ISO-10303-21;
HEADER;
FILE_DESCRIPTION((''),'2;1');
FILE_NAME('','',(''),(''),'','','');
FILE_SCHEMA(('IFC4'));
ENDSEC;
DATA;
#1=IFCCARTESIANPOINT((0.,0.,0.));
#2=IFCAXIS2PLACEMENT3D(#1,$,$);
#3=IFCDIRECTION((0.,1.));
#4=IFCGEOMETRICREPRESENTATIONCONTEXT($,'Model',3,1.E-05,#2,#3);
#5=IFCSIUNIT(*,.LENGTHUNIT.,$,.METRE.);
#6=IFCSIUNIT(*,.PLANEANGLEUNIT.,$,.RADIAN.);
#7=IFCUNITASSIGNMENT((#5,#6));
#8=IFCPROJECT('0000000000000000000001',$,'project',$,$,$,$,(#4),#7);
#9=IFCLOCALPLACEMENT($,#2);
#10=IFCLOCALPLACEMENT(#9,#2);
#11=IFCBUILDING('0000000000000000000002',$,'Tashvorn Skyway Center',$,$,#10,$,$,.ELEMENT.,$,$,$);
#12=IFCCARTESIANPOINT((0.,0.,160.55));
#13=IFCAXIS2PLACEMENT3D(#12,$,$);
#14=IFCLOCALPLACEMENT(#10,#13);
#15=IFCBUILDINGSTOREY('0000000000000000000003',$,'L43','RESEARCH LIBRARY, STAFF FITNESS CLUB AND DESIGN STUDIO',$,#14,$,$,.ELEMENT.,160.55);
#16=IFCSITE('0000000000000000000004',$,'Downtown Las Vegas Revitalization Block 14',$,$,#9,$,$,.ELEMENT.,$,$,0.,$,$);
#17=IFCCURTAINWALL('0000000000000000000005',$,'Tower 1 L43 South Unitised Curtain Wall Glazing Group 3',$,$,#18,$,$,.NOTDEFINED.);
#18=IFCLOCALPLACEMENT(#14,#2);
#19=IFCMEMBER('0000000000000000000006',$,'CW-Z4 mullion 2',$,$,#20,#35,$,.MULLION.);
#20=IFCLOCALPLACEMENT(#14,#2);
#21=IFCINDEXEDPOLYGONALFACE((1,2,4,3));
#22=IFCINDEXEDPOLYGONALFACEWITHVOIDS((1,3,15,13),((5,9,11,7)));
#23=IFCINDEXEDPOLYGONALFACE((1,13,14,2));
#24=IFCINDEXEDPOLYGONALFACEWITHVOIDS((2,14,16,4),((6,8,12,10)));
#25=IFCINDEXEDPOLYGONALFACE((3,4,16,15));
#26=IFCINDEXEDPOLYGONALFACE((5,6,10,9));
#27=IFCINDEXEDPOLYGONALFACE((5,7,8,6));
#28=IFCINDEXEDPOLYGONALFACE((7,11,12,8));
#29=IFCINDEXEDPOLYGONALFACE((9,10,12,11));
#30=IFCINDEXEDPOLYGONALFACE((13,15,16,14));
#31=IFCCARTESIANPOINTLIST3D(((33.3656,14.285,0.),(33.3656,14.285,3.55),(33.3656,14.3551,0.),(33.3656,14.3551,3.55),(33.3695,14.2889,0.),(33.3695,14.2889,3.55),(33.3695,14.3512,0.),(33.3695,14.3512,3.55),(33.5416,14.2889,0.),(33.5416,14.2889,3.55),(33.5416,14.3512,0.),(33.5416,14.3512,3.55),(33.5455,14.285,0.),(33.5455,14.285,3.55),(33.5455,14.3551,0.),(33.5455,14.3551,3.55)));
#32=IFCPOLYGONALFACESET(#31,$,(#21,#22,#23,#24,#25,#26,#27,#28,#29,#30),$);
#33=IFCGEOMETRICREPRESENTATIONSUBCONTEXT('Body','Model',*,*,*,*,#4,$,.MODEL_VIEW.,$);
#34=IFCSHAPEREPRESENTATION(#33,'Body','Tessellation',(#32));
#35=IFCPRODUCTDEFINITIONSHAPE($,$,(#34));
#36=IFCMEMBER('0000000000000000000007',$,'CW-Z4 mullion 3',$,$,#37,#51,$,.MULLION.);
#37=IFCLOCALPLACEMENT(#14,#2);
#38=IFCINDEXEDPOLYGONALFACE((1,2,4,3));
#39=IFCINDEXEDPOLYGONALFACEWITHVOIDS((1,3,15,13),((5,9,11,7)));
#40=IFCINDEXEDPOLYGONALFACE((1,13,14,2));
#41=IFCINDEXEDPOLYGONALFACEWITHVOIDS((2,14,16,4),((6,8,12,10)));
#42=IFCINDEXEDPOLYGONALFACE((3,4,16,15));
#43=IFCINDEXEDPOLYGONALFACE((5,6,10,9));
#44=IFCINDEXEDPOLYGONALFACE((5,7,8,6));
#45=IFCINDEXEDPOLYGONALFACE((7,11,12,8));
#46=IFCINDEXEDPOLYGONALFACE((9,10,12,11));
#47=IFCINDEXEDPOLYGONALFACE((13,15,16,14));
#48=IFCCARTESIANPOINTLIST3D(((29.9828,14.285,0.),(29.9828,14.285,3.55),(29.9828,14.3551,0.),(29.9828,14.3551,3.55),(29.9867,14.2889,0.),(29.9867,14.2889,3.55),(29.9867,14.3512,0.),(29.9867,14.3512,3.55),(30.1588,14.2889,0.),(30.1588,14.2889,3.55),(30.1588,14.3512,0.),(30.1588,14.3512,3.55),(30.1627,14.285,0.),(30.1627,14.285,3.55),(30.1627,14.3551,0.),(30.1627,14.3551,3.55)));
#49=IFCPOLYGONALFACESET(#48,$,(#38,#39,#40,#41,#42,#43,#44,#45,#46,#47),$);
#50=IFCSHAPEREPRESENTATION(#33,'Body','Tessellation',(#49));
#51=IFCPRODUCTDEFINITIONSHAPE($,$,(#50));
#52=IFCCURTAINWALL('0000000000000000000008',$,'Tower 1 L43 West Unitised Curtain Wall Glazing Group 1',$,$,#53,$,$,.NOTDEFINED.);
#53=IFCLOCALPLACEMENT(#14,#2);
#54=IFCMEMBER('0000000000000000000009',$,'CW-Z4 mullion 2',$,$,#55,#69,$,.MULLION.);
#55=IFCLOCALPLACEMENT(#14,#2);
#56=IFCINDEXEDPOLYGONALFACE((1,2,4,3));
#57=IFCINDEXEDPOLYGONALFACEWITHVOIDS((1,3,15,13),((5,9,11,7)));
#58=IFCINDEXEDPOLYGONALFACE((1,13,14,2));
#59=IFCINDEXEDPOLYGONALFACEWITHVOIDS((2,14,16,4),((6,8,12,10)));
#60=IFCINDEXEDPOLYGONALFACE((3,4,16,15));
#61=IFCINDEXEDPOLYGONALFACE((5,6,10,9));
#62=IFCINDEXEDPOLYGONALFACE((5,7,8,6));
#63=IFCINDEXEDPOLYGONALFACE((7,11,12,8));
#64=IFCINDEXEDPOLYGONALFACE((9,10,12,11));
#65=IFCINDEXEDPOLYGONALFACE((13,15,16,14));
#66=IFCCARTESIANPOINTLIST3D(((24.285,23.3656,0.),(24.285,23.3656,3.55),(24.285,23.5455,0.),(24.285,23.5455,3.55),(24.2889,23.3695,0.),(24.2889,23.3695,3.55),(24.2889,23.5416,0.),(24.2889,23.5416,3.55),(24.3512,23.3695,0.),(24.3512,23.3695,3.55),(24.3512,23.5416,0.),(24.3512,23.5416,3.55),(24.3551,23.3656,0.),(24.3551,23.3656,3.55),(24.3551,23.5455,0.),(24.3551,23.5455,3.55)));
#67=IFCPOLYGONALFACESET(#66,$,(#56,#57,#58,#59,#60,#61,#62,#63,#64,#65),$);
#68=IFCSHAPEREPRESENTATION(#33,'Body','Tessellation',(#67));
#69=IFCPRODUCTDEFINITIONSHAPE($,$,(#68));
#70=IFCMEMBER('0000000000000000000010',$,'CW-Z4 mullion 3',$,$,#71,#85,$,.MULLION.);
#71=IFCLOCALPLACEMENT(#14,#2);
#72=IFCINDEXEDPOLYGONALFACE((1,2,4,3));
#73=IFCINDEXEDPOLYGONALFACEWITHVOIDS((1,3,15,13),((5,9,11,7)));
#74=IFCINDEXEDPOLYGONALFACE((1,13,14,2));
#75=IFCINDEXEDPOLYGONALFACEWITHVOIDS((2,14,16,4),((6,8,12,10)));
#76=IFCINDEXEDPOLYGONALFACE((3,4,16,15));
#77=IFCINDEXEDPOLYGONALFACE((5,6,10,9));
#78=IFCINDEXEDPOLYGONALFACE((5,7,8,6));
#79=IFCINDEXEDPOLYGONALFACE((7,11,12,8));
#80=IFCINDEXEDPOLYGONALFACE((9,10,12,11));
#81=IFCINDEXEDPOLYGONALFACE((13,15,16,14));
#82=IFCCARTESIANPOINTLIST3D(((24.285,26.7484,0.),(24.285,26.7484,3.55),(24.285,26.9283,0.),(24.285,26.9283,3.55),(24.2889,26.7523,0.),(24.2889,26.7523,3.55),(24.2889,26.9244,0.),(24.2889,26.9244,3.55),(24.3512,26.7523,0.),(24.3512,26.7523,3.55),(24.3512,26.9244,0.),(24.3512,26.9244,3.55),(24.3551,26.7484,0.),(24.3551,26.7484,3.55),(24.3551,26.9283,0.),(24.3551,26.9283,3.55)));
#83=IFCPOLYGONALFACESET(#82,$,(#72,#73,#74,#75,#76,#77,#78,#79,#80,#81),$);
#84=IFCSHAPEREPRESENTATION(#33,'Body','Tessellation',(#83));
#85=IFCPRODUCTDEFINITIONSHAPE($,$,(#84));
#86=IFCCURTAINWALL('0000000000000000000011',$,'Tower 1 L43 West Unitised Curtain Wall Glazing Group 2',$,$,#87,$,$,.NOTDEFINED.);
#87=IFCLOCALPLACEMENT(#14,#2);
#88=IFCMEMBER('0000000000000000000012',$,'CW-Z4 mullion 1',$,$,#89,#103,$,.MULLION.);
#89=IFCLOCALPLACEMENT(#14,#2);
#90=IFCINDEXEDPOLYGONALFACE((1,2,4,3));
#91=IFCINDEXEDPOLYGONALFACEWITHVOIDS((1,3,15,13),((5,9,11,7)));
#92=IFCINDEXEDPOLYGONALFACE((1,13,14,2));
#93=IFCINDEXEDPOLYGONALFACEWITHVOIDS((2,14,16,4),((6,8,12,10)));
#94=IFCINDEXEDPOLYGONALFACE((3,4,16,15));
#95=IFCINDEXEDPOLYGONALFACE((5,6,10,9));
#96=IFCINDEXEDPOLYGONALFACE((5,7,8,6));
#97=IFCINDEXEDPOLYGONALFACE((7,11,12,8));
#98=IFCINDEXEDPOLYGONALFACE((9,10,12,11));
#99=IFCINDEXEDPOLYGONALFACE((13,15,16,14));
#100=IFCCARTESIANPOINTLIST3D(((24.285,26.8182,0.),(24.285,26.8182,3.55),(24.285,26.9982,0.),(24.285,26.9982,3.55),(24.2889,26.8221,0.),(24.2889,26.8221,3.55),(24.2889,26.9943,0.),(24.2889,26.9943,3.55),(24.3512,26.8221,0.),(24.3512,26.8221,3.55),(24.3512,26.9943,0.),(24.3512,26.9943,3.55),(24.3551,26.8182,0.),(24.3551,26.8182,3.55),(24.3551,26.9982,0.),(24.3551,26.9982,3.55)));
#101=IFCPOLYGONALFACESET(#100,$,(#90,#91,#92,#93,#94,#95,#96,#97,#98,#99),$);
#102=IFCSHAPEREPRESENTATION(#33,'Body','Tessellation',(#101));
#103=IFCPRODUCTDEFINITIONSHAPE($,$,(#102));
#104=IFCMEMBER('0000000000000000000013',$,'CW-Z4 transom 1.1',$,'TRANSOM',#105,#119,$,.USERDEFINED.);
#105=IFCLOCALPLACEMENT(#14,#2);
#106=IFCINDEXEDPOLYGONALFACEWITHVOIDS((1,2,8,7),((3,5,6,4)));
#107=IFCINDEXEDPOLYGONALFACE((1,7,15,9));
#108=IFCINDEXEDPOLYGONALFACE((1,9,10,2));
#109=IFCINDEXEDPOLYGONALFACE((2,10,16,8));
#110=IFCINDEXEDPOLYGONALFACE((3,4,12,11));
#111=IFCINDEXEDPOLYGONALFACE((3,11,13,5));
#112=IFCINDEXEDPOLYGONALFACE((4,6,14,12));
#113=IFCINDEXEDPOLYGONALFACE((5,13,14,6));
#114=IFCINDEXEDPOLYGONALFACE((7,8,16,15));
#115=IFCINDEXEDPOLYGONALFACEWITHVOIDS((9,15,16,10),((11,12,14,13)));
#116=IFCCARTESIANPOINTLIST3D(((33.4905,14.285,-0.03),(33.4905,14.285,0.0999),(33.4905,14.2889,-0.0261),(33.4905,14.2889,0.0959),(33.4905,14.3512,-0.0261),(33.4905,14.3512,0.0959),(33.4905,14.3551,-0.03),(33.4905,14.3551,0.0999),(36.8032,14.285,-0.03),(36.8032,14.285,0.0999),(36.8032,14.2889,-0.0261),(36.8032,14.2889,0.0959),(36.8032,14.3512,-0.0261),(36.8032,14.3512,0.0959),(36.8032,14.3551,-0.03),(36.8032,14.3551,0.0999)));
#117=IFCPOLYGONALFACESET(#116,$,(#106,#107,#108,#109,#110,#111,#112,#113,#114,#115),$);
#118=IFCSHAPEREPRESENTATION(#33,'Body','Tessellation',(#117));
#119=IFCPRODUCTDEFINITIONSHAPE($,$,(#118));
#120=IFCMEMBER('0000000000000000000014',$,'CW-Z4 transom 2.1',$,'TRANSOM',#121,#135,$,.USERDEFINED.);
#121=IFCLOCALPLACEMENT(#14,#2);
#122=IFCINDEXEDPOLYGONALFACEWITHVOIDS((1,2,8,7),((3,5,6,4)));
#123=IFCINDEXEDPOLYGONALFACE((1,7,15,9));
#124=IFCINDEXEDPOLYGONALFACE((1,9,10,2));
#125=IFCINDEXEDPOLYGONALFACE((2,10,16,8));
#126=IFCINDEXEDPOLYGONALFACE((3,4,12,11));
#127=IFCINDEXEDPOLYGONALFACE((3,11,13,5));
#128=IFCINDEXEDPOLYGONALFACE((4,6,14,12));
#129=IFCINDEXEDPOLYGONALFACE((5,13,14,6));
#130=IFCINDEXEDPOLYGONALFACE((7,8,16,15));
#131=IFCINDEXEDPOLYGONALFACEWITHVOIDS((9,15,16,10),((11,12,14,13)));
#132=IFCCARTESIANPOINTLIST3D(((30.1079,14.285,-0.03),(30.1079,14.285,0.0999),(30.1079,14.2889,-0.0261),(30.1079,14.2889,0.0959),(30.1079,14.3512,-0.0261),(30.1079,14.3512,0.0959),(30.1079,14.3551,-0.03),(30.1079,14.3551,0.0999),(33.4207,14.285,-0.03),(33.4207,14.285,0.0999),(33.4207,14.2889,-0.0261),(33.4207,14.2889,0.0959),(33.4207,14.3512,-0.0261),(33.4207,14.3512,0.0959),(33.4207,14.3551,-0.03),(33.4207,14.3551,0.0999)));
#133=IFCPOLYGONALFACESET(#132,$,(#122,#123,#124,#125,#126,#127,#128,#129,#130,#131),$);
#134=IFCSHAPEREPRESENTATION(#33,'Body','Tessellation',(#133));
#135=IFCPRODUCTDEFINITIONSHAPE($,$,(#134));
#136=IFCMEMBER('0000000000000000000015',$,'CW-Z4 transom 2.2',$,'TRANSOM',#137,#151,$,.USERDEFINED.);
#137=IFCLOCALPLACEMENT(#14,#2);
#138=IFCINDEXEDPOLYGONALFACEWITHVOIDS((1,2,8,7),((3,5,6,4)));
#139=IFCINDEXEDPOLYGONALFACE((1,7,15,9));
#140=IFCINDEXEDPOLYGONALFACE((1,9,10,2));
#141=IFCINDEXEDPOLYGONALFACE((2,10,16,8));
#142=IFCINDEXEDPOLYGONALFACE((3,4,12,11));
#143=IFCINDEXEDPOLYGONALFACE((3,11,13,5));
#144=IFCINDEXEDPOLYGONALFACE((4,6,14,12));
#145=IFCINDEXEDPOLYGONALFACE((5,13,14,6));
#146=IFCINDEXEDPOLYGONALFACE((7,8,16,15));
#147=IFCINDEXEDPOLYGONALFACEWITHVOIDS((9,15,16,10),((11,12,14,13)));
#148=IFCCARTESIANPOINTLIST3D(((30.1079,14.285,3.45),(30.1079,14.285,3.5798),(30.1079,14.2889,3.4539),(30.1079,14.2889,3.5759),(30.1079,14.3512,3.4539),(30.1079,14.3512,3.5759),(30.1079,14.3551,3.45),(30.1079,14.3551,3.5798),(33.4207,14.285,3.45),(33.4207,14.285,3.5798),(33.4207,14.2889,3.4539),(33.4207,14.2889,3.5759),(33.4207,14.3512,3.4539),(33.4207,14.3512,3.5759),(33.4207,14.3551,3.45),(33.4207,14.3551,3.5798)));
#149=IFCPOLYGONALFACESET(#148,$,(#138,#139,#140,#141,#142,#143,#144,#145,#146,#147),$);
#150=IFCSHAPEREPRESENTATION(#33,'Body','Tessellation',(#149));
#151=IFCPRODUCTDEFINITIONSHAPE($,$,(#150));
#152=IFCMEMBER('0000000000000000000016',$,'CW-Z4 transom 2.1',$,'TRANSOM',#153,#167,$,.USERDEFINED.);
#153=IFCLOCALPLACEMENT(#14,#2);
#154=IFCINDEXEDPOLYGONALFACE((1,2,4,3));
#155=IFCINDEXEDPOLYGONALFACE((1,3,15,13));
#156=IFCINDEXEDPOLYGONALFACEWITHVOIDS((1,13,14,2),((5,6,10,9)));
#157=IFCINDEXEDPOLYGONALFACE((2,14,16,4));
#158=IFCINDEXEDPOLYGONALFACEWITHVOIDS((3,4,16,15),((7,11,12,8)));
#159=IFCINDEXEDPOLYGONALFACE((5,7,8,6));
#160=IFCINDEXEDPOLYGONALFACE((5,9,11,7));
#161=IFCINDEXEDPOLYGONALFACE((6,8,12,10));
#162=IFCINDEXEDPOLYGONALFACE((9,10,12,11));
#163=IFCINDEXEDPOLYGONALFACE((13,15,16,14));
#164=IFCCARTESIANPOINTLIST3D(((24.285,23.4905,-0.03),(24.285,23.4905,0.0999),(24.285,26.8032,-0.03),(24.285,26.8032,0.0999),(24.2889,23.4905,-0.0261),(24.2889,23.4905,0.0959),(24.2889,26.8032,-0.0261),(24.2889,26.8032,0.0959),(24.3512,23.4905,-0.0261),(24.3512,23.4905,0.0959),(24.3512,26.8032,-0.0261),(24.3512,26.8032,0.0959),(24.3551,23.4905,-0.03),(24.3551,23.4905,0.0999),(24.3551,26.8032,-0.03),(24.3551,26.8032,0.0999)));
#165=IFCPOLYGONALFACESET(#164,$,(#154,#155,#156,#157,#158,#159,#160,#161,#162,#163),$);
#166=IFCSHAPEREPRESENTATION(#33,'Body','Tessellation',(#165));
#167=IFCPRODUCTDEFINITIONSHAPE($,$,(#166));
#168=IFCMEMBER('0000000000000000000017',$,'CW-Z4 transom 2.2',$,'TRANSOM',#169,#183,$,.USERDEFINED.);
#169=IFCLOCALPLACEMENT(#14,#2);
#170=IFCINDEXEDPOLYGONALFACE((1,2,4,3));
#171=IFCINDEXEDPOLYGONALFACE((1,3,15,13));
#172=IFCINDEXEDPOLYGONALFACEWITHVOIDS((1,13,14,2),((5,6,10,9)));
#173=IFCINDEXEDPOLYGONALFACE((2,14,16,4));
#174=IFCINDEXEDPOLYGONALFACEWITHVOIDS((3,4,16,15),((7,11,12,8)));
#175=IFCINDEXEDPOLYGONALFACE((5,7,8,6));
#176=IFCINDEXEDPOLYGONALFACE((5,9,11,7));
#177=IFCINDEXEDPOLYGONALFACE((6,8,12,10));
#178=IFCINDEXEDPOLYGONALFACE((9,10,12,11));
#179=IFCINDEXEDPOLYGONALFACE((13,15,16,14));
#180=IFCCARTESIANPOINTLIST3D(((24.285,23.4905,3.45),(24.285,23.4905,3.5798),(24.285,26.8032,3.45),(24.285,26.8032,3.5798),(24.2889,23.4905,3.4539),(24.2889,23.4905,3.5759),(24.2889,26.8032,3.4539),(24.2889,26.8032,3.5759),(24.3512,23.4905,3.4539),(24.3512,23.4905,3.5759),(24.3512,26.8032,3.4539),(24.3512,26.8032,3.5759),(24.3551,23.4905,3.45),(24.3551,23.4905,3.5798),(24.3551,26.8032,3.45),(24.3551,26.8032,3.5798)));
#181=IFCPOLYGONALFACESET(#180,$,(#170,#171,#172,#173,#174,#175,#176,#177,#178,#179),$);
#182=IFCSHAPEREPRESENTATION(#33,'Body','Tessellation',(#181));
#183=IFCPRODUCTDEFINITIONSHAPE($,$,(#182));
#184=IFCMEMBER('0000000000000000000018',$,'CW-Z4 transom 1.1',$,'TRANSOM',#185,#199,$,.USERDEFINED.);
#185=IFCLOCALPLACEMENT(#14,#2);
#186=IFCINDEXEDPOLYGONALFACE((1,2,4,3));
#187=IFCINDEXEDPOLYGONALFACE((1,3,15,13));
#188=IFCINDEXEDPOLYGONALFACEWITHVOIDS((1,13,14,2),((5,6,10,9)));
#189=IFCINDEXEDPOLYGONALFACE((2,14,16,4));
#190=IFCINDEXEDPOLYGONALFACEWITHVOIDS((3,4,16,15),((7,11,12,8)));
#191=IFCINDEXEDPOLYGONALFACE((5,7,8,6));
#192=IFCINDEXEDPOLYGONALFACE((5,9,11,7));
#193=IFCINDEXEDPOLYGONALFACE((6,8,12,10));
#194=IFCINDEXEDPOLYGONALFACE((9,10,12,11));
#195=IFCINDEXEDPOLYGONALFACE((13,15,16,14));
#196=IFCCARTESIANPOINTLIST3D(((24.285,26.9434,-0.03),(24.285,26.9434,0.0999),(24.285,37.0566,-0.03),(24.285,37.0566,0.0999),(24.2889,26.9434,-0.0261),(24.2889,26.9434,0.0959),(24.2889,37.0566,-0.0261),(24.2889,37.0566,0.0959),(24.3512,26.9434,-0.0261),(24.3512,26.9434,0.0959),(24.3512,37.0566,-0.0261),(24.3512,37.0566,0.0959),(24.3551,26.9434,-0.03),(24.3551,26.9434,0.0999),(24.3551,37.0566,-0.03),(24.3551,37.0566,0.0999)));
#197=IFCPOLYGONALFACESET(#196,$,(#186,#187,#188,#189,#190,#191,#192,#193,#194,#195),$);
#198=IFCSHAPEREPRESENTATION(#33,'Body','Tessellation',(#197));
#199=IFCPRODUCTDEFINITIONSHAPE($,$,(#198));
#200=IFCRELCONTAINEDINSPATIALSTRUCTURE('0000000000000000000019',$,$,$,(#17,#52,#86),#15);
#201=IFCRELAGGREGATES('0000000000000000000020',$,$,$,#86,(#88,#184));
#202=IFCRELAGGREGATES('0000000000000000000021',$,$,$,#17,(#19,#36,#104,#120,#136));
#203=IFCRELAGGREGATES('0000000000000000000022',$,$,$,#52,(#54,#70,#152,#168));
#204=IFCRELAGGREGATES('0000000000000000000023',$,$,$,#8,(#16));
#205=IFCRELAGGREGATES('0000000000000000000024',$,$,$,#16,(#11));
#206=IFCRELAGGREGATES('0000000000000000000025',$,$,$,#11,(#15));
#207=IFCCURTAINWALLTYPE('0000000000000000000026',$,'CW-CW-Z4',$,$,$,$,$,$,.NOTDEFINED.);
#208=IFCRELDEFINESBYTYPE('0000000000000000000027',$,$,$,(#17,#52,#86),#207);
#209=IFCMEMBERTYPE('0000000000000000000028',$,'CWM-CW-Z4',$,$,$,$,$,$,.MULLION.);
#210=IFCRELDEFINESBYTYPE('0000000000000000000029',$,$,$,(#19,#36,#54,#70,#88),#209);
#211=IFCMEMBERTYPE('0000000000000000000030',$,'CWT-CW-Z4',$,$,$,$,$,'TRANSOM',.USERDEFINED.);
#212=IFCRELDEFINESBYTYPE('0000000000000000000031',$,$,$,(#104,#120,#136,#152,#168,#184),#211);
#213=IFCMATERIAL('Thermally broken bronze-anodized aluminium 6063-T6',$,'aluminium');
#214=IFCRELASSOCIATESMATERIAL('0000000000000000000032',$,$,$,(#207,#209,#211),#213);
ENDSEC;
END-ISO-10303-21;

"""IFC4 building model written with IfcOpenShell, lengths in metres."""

from ifc_helpers import new_model, si_unit, direction, frame, origin, origin_2d, place, context, subcontext, project, spatial, hollow_rectangle, extrude, material, material_profile, profile_set, type_object, element, aggregate, save


model = new_model("IFC4")

# Units and contexts
model_context = context("Model", 3, precision=1e-05, world=origin(), true_north=direction((0.0, 1.0)))
body_context = subcontext(model_context, "Body", "Model", "MODEL_VIEW")
ifc_project = project(units=[si_unit("LENGTHUNIT", "METRE"), si_unit("PLANEANGLEUNIT", "RADIAN")], contexts=[model_context])

# Site, building, storey
site_placement = place(None, origin())
site = spatial("IfcSite", under=ifc_project, at=site_placement, Name="Downtown Las Vegas Revitalization Block 14", CompositionType="ELEMENT", RefElevation=0.0)
building_placement = place(site_placement, origin())
building = spatial("IfcBuilding", under=site, at=building_placement, Name="Tashvorn Skyway Center", CompositionType="ELEMENT")
storey_placement = place(building_placement, frame((0.0, 0.0, 160.55)))
storey = spatial("IfcBuildingStorey", under=building, at=storey_placement, Name="L43", Description="RESEARCH LIBRARY, STAFF FITNESS CLUB AND DESIGN STUDIO", CompositionType="ELEMENT", Elevation=160.55)

# Curtain walls, members
ifc_material_1 = material(Name="Thermally broken bronze-anodized aluminium 6063-T6", Category="aluminium")
curtain_wall_type = type_object("IfcCurtainWallType", Name="CW-CW-Z4", PredefinedType="NOTDEFINED", material=ifc_material_1)
curtain_wall_1_placement = place(storey_placement, origin())
curtain_wall_1 = element("IfcCurtainWall", 1, at=curtain_wall_1_placement, inside=storey, type_object=curtain_wall_type, Name="Tower 1 L43 South Unitised Curtain Wall Glazing Group 3", PredefinedType="NOTDEFINED")
ifc_material_profile_1 = material_profile(ifc_material_1, hollow_rectangle(XDim=0.0701, YDim=0.1799, WallThickness=0.0039, at=origin_2d()), Name="ALU-MULL-70x180")
ifc_profile_set_1 = profile_set([ifc_material_profile_1], Name="Thermally broken bronze-anodized aluminium 6063-T6")
member_type_1 = type_object("IfcMemberType", Name="CWM-CW-Z4", PredefinedType="MULLION", material=ifc_profile_set_1)
member_1_placement = place(storey_placement, frame((33.4556, 14.3201, 0.0), z_axis=(0.0, 0.0, 1.0), x_axis=(0.0, -1.0, 0.0)))
member_1 = element("IfcMember", 2, at=member_1_placement, type_object=member_type_1, Name="CW-Z4 mullion 2", PredefinedType="MULLION", context=body_context, shape_type="SweptSolid", body=[
    extrude(hollow_rectangle(XDim=0.0701, YDim=0.1799, WallThickness=0.0039, at=origin_2d()), origin(), (0.0, 0.0, 1.0), 3.55),
])
member_2_placement = place(storey_placement, frame((30.0728, 14.3201, 0.0), z_axis=(0.0, 0.0, 1.0), x_axis=(0.0, -1.0, 0.0)))
member_2 = element("IfcMember", 3, at=member_2_placement, type_object=member_type_1, Name="CW-Z4 mullion 3", PredefinedType="MULLION", context=body_context, shape_type="SweptSolid", body=[
    extrude(hollow_rectangle(XDim=0.0701, YDim=0.1799, WallThickness=0.0039, at=origin_2d()), origin(), (0.0, 0.0, 1.0), 3.55),
])
curtain_wall_2_placement = place(storey_placement, origin())
curtain_wall_2 = element("IfcCurtainWall", 4, at=curtain_wall_2_placement, inside=storey, type_object=curtain_wall_type, Name="Tower 1 L43 West Unitised Curtain Wall Glazing Group 1", PredefinedType="NOTDEFINED")
member_3_placement = place(storey_placement, frame((24.3201, 23.4556, 0.0), z_axis=(0.0, 0.0, 1.0), x_axis=(-1.0, 0.0, 0.0)))
member_3 = element("IfcMember", 5, at=member_3_placement, type_object=member_type_1, Name="CW-Z4 mullion 2", PredefinedType="MULLION", context=body_context, shape_type="SweptSolid", body=[
    extrude(hollow_rectangle(XDim=0.0701, YDim=0.1799, WallThickness=0.0039, at=origin_2d()), origin(), (0.0, 0.0, 1.0), 3.55),
])
member_4_placement = place(storey_placement, frame((24.3201, 26.8384, 0.0), z_axis=(0.0, 0.0, 1.0), x_axis=(-1.0, 0.0, 0.0)))
member_4 = element("IfcMember", 6, at=member_4_placement, type_object=member_type_1, Name="CW-Z4 mullion 3", PredefinedType="MULLION", context=body_context, shape_type="SweptSolid", body=[
    extrude(hollow_rectangle(XDim=0.0701, YDim=0.1799, WallThickness=0.0039, at=origin_2d()), origin(), (0.0, 0.0, 1.0), 3.55),
])

# Curtain wall, member
curtain_wall_3_placement = place(storey_placement, origin())
curtain_wall_3 = element("IfcCurtainWall", 7, at=curtain_wall_3_placement, inside=storey, type_object=curtain_wall_type, Name="Tower 1 L43 West Unitised Curtain Wall Glazing Group 2", PredefinedType="NOTDEFINED")
member_5_placement = place(storey_placement, frame((24.3201, 26.9082, 0.0), z_axis=(0.0, 0.0, 1.0), x_axis=(-1.0, 0.0, 0.0)))
member_5 = element("IfcMember", 8, at=member_5_placement, type_object=member_type_1, Name="CW-Z4 mullion 1", PredefinedType="MULLION", context=body_context, shape_type="SweptSolid", body=[
    extrude(hollow_rectangle(XDim=0.0701, YDim=0.1799, WallThickness=0.0039, at=origin_2d()), origin(), (0.0, 0.0, 1.0), 3.55),
])

# Members
ifc_material_profile_2 = material_profile(ifc_material_1, hollow_rectangle(XDim=0.0701, YDim=0.1299, WallThickness=0.0039, at=origin_2d()), Name="ALU-TRAN-70x130")
ifc_profile_set_2 = profile_set([ifc_material_profile_2], Name="Thermally broken bronze-anodized aluminium 6063-T6")
member_type_2 = type_object("IfcMemberType", Name="CWT-CW-Z4", ElementType="TRANSOM", PredefinedType="USERDEFINED", material=ifc_profile_set_2)
member_6_placement = place(storey_placement, frame((36.8032, 14.3201, 0.0349), z_axis=(-1.0, 0.0, 0.0), x_axis=(0.0, -1.0, 0.0)))
member_6 = element("IfcMember", 9, at=member_6_placement, type_object=member_type_2, Name="CW-Z4 transom 1.1", ObjectType="TRANSOM", PredefinedType="USERDEFINED", context=body_context, shape_type="SweptSolid", body=[
    extrude(hollow_rectangle(XDim=0.0701, YDim=0.1299, WallThickness=0.0039, at=origin_2d()), origin(), (0.0, 0.0, 1.0), 3.3127),
])
member_7_placement = place(storey_placement, frame((33.4207, 14.3201, 0.0349), z_axis=(-1.0, 0.0, 0.0), x_axis=(0.0, -1.0, 0.0)))
member_7 = element("IfcMember", 10, at=member_7_placement, type_object=member_type_2, Name="CW-Z4 transom 2.1", ObjectType="TRANSOM", PredefinedType="USERDEFINED", context=body_context, shape_type="SweptSolid", body=[
    extrude(hollow_rectangle(XDim=0.0701, YDim=0.1299, WallThickness=0.0039, at=origin_2d()), origin(), (0.0, 0.0, 1.0), 3.3127),
])
member_8_placement = place(storey_placement, frame((33.4207, 14.3201, 3.5149), z_axis=(-1.0, 0.0, 0.0), x_axis=(0.0, -1.0, 0.0)))
member_8 = element("IfcMember", 11, at=member_8_placement, type_object=member_type_2, Name="CW-Z4 transom 2.2", ObjectType="TRANSOM", PredefinedType="USERDEFINED", context=body_context, shape_type="SweptSolid", body=[
    extrude(hollow_rectangle(XDim=0.0701, YDim=0.1299, WallThickness=0.0039, at=origin_2d()), origin(), (0.0, 0.0, 1.0), 3.3127),
])
member_9_placement = place(storey_placement, frame((24.3201, 23.4905, 0.0349), z_axis=(0.0, 1.0, 0.0), x_axis=(-1.0, 0.0, 0.0)))
member_9 = element("IfcMember", 12, at=member_9_placement, type_object=member_type_2, Name="CW-Z4 transom 2.1", ObjectType="TRANSOM", PredefinedType="USERDEFINED", context=body_context, shape_type="SweptSolid", body=[
    extrude(hollow_rectangle(XDim=0.0701, YDim=0.1299, WallThickness=0.0039, at=origin_2d()), origin(), (0.0, 0.0, 1.0), 3.3127),
])
member_10_placement = place(storey_placement, frame((24.3201, 23.4905, 3.5149), z_axis=(0.0, 1.0, 0.0), x_axis=(-1.0, 0.0, 0.0)))
member_10 = element("IfcMember", 13, at=member_10_placement, type_object=member_type_2, Name="CW-Z4 transom 2.2", ObjectType="TRANSOM", PredefinedType="USERDEFINED", context=body_context, shape_type="SweptSolid", body=[
    extrude(hollow_rectangle(XDim=0.0701, YDim=0.1299, WallThickness=0.0039, at=origin_2d()), origin(), (0.0, 0.0, 1.0), 3.3127),
])
member_11_placement = place(storey_placement, frame((24.3201, 26.9434, 0.0349), z_axis=(0.0, 1.0, 0.0), x_axis=(-1.0, 0.0, 0.0)))
member_11 = element("IfcMember", 14, at=member_11_placement, type_object=member_type_2, Name="CW-Z4 transom 1.1", ObjectType="TRANSOM", PredefinedType="USERDEFINED", context=body_context, shape_type="SweptSolid", body=[
    extrude(hollow_rectangle(XDim=0.0701, YDim=0.1299, WallThickness=0.0039, at=origin_2d()), origin(), (0.0, 0.0, 1.0), 10.1133),
])
aggregate(curtain_wall_3, [member_5, member_11])

aggregate(curtain_wall_1, [member_1, member_2, member_6, member_7, member_8])
aggregate(curtain_wall_2, [member_3, member_4, member_9, member_10])

save(model, "model.ifc")
